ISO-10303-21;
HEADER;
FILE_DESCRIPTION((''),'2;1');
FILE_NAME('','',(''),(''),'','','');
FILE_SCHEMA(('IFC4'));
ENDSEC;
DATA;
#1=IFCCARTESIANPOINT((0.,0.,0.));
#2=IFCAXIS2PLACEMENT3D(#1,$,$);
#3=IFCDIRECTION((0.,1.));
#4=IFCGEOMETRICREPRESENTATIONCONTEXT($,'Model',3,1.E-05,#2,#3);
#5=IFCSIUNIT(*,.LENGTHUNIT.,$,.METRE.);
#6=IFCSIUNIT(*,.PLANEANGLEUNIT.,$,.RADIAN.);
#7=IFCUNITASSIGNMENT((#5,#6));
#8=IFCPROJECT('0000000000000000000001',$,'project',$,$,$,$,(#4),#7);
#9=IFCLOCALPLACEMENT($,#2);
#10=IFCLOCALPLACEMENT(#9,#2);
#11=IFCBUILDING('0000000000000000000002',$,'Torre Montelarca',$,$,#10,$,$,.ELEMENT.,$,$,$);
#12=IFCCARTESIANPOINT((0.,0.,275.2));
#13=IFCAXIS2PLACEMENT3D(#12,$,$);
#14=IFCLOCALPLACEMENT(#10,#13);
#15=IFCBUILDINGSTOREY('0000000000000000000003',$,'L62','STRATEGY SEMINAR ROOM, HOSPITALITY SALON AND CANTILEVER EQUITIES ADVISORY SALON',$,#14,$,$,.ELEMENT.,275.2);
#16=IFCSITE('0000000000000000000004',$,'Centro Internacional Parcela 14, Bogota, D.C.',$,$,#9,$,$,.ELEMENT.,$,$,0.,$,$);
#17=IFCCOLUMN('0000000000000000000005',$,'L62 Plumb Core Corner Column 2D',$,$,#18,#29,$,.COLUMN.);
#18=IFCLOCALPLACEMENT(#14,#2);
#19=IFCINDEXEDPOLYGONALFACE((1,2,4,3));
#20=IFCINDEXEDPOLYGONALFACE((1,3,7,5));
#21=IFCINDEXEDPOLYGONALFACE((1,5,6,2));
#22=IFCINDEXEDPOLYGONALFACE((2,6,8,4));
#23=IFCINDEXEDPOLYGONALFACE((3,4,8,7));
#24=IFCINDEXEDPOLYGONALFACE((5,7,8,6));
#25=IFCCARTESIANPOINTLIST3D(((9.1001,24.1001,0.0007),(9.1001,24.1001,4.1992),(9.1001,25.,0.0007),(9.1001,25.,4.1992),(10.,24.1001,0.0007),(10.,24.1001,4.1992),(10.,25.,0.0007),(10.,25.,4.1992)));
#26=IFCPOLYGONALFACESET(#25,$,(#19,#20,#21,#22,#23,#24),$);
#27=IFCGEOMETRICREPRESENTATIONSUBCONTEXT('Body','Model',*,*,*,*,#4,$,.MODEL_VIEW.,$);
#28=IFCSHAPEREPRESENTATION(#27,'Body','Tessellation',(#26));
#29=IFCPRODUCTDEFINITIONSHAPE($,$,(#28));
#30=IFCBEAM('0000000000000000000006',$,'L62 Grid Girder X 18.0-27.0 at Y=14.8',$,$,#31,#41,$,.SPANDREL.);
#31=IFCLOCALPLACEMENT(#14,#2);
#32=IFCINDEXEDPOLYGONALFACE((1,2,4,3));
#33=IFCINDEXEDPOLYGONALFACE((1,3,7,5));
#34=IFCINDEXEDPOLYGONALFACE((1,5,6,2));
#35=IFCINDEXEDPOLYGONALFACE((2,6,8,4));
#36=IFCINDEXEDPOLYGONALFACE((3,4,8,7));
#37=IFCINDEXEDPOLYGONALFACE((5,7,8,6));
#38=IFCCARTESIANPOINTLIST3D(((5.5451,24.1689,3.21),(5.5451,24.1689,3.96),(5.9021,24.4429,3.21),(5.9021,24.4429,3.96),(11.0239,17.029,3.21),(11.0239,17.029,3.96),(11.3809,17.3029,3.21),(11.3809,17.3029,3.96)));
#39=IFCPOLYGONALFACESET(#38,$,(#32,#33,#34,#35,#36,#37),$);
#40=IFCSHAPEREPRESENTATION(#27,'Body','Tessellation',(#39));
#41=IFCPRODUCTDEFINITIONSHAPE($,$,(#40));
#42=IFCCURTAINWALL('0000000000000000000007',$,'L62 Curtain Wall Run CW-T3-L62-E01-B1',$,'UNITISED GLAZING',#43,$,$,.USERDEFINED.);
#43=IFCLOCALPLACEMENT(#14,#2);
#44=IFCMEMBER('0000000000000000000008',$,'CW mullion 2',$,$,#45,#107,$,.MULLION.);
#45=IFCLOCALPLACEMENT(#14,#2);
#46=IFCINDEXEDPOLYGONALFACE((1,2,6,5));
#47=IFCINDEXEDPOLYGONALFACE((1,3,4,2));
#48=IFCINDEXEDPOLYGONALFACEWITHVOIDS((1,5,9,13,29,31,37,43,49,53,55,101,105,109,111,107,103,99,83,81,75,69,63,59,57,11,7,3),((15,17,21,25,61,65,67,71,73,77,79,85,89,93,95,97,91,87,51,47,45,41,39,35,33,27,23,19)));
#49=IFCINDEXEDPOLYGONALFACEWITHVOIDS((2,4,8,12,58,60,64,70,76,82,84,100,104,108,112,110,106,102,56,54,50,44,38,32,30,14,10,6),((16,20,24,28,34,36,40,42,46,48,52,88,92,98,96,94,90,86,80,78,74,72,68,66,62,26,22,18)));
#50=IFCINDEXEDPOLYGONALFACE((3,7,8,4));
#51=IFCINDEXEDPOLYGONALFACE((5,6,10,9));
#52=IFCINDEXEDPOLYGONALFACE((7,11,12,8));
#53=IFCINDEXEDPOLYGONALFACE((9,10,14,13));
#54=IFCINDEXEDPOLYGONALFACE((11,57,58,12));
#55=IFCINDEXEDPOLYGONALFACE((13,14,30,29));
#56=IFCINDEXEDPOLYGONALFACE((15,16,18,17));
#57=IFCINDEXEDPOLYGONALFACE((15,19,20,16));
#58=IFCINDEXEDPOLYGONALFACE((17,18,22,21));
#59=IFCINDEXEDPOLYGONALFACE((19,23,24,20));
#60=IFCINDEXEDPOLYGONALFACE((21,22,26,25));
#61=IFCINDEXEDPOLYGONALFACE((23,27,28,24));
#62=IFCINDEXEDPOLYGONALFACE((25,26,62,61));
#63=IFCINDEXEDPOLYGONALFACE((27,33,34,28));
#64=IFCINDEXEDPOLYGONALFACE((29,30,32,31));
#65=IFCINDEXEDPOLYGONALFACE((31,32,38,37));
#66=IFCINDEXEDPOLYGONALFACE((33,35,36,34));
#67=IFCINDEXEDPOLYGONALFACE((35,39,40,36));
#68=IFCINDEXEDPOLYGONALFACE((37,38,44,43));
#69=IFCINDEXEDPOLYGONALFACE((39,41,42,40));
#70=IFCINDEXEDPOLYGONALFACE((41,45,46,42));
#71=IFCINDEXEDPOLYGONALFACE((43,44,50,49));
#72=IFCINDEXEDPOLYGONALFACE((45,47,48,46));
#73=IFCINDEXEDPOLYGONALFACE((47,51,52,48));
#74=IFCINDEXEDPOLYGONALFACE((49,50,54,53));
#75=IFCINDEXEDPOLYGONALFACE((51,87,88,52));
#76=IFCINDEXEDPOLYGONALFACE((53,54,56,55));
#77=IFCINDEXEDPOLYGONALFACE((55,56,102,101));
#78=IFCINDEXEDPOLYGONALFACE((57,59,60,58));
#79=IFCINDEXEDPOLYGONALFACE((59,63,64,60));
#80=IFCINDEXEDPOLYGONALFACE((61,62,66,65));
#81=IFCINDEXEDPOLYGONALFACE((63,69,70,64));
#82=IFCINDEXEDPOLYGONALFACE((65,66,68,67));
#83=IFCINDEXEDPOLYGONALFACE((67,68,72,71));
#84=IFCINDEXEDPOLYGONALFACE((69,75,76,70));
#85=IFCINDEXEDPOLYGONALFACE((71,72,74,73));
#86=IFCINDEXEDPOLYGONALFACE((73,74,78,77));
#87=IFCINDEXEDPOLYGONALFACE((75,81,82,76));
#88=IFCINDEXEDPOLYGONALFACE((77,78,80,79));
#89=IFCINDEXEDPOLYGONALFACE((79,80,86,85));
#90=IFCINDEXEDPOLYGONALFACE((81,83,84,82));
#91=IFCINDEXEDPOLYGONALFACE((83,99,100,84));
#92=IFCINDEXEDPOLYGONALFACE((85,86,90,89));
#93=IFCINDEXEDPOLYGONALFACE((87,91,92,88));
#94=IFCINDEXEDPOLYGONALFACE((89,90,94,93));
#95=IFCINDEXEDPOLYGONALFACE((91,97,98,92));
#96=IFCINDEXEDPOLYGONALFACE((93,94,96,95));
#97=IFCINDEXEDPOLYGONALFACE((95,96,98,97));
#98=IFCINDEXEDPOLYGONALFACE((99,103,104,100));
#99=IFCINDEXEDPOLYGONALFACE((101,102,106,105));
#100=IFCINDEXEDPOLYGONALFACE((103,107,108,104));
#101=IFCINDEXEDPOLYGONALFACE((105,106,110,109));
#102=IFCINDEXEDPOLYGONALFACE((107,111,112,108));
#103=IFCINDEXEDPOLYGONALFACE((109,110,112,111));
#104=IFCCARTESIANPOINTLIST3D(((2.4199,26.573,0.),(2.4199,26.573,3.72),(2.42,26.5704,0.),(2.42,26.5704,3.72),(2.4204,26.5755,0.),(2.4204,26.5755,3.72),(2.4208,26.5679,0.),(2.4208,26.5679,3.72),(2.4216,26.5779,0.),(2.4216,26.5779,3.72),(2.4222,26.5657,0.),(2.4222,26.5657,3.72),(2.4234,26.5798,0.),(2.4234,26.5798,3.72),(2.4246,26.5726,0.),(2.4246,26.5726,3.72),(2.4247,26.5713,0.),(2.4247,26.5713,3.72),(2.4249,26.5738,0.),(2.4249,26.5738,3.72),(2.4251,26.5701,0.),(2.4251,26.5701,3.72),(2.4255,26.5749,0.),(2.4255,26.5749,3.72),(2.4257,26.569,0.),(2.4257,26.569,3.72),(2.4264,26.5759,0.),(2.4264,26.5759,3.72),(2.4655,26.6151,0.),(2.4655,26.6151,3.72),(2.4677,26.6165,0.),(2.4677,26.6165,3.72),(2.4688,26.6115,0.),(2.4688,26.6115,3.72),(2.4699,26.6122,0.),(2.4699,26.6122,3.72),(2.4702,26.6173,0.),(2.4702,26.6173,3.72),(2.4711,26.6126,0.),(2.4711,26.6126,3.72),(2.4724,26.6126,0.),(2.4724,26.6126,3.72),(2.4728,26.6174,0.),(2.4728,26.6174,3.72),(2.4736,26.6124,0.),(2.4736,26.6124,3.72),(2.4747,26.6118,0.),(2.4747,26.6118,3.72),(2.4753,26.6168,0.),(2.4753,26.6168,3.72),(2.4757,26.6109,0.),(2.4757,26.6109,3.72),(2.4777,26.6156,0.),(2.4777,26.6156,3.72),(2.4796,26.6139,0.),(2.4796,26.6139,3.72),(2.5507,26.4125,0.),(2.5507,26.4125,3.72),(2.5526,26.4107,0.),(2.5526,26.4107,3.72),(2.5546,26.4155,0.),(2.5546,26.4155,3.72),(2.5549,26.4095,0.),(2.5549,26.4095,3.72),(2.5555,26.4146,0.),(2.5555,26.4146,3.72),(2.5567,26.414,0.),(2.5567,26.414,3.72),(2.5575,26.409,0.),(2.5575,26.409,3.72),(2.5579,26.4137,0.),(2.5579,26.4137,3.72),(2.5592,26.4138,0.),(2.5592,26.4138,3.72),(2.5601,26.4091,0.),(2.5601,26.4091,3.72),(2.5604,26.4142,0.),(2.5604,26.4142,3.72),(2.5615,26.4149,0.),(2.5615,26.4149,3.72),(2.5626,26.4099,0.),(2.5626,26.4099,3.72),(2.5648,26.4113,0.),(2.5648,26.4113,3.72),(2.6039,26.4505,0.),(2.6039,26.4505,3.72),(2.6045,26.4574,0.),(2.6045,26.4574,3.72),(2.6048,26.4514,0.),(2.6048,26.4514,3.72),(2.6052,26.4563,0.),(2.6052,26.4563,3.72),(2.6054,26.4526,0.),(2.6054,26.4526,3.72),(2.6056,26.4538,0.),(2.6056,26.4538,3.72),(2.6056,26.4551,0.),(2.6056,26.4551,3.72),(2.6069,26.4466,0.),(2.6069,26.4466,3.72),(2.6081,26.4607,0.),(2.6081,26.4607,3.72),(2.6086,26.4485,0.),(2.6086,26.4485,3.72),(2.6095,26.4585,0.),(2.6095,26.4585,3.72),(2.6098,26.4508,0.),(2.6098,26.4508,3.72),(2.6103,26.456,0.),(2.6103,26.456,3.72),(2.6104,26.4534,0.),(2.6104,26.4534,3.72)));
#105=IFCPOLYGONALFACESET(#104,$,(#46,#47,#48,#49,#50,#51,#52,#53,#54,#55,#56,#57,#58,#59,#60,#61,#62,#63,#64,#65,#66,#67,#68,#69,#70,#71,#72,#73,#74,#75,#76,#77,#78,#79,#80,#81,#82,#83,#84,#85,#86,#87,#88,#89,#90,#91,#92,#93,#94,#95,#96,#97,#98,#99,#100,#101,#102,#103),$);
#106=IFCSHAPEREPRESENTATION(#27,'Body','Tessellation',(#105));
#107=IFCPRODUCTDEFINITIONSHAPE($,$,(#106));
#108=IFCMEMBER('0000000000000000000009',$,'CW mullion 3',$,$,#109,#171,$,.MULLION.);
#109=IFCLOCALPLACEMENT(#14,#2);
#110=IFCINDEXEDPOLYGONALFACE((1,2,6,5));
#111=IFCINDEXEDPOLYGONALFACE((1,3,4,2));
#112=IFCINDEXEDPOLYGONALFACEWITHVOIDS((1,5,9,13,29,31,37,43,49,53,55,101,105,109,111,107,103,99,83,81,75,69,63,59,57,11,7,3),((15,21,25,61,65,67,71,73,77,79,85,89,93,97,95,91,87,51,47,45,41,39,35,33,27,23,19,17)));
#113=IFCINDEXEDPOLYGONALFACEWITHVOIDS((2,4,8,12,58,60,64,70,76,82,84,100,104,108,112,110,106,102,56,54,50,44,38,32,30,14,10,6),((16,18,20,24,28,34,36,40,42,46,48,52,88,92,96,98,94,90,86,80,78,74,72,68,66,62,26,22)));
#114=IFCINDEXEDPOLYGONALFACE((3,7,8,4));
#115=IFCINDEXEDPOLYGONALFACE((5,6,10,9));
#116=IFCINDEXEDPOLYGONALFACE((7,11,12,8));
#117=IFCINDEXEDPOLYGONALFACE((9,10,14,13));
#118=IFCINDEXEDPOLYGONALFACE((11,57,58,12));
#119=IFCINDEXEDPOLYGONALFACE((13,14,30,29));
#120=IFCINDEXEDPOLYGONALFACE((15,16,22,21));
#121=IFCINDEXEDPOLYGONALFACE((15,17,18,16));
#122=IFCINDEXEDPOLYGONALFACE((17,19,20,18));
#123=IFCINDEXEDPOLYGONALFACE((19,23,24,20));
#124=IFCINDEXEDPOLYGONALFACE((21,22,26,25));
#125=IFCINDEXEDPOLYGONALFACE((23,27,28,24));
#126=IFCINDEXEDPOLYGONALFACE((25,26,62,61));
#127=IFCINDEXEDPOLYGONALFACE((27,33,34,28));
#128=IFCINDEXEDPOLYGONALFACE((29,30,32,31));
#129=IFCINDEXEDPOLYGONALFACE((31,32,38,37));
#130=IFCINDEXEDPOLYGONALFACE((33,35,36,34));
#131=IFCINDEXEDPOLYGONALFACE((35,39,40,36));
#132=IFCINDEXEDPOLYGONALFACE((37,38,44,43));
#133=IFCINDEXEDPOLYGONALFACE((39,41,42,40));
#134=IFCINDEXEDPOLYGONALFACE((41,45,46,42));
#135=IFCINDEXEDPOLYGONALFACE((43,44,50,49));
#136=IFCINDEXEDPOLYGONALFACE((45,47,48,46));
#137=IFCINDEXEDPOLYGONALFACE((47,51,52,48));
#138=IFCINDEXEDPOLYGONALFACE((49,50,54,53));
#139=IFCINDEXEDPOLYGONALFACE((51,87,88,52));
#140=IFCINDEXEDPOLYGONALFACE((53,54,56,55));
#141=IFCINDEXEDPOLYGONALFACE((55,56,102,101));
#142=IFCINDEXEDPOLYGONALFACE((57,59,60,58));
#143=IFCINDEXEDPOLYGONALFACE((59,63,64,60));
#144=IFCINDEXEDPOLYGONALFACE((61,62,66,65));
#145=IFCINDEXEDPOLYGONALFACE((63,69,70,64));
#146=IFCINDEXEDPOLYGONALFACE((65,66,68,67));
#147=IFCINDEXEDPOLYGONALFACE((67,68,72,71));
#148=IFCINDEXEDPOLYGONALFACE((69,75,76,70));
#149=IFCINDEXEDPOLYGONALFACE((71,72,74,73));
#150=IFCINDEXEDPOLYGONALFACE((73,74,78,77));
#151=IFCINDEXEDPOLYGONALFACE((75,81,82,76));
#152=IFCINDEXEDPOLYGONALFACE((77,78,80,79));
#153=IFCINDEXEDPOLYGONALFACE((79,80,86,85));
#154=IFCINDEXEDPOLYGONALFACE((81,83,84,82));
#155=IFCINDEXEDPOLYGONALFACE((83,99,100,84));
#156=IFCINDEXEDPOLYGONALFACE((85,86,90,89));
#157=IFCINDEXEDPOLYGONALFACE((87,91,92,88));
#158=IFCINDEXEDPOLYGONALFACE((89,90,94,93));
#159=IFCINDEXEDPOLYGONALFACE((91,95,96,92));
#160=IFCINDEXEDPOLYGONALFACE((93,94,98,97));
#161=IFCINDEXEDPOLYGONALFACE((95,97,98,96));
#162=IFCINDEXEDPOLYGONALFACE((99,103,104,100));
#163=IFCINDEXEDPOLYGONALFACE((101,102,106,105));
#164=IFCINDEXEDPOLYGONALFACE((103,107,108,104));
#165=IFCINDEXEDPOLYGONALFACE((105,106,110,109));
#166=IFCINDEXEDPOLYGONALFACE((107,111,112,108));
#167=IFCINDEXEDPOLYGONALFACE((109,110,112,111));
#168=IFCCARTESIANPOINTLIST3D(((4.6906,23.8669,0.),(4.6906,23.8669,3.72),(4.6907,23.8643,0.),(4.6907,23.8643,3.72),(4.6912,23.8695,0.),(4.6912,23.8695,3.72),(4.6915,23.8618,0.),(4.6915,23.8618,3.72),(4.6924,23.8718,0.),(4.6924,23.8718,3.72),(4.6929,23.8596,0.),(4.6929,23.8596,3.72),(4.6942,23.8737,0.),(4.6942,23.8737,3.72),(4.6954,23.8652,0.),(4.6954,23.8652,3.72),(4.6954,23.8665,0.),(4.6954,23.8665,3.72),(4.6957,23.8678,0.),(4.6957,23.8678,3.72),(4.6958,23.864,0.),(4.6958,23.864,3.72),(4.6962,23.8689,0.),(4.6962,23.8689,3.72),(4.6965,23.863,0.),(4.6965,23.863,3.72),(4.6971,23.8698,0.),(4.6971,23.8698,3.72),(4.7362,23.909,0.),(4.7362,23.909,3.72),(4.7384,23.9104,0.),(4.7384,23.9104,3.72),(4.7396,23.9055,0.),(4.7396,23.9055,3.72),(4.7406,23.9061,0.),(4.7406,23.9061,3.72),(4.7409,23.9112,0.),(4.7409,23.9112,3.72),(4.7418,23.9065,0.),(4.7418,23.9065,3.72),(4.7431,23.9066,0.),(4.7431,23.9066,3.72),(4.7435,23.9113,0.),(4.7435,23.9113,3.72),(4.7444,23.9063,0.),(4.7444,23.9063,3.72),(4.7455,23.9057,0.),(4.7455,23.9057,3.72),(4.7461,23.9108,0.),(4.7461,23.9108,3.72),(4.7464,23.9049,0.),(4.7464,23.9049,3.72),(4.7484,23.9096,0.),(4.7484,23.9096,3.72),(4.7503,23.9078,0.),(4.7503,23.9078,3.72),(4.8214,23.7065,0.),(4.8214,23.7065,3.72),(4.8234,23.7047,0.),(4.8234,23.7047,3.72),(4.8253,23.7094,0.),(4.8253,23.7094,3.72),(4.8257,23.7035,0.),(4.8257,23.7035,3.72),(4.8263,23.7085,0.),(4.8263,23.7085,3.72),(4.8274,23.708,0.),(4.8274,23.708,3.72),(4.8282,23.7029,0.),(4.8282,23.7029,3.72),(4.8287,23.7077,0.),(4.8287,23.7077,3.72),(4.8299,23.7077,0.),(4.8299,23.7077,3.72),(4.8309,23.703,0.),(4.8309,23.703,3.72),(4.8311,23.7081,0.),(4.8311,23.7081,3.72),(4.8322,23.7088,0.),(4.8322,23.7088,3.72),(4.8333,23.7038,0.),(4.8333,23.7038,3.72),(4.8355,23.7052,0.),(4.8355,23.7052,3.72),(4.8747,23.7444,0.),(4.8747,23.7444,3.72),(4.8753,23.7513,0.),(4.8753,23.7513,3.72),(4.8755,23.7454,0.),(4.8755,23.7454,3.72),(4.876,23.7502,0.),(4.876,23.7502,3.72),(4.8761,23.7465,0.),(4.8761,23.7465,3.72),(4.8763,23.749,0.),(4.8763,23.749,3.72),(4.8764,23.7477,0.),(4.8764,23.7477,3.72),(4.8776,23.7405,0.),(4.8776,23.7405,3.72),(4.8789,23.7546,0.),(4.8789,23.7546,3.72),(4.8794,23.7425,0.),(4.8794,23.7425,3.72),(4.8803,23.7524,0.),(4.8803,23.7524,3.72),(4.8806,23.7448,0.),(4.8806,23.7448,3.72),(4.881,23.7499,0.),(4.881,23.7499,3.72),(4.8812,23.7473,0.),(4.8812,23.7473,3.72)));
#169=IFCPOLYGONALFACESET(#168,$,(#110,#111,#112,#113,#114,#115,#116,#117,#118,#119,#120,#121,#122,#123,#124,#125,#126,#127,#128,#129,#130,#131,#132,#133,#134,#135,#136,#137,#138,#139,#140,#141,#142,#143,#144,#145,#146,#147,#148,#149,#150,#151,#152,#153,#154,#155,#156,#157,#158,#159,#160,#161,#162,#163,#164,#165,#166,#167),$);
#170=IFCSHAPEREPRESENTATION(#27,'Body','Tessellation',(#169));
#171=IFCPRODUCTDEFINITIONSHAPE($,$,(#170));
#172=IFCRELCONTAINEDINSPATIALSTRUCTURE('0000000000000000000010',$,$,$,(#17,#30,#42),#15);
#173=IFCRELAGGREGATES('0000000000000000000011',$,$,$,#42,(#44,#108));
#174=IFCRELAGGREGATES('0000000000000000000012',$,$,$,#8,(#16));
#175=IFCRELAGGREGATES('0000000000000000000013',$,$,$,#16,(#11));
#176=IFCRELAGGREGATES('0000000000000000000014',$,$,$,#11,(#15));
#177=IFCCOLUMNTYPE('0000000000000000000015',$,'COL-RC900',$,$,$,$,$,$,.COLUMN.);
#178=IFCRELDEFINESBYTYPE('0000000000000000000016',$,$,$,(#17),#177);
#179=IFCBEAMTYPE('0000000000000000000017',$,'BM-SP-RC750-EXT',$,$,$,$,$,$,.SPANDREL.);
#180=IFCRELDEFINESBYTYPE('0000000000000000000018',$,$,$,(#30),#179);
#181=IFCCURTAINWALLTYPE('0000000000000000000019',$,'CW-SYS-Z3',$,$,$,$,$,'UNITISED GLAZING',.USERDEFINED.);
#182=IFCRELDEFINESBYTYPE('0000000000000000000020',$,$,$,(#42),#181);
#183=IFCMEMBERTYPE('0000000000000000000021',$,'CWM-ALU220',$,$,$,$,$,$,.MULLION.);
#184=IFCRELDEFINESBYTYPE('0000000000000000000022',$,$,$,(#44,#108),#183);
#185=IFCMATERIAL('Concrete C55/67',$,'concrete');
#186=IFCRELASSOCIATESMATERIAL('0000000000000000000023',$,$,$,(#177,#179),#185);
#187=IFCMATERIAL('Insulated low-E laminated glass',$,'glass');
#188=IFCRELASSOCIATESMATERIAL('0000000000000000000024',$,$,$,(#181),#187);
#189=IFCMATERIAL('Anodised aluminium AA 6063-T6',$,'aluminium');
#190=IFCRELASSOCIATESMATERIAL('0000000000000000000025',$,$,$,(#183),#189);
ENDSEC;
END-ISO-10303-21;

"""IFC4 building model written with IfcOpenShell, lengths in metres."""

from ifc_helpers import new_model, si_unit, direction, frame, origin, origin_2d, place, context, subcontext, project, spatial, rectangle, hollow_rectangle, extrude, source, transform, mapped, material, material_profile, profile_set, type_object, element, aggregate, save


model = new_model("IFC4")

# Units and contexts
model_context = context("Model", 3, precision=1e-05, world=origin(), true_north=direction((0.0, 1.0)))
body_context = subcontext(model_context, "Body", "Model", "MODEL_VIEW")
ifc_project = project(units=[si_unit("LENGTHUNIT", "METRE"), si_unit("PLANEANGLEUNIT", "RADIAN")], contexts=[model_context])

# Site, building, storey
site_placement = place(None, origin())
site = spatial("IfcSite", under=ifc_project, at=site_placement, Name="Centro Internacional Parcela 14, Bogota, D.C.", CompositionType="ELEMENT", RefElevation=0.0)
building_placement = place(site_placement, origin())
building = spatial("IfcBuilding", under=site, at=building_placement, Name="Torre Montelarca", CompositionType="ELEMENT")
storey_placement = place(building_placement, frame((0.0, 0.0, 275.2)))
storey = spatial("IfcBuildingStorey", under=building, at=storey_placement, Name="L62", Description="STRATEGY SEMINAR ROOM, HOSPITALITY SALON AND CANTILEVER EQUITIES ADVISORY SALON", CompositionType="ELEMENT", Elevation=275.2)

# Column
ifc_material_1 = material(Name="Concrete C55/67", Category="concrete")
ifc_material_profile_1 = material_profile(ifc_material_1, rectangle(XDim=0.8999, YDim=0.8999, at=origin_2d()), Name="RC900X900", Category="concrete")
ifc_profile_set_1 = profile_set([ifc_material_profile_1], Name="Concrete C55/67")
column_type_1 = type_object("IfcColumnType", Name="COL-RC900", PredefinedType="COLUMN", material=ifc_profile_set_1)
shared_shape_1 = source(origin(), body_context, "Body", "SweptSolid", [
    extrude(rectangle(XDim=0.8999, YDim=0.8999, at=origin_2d()), origin(), (0.0, 0.0, 1.0), 4.1985),
])
column_1_placement = place(storey_placement, frame((9.55, 24.55, 0.0007), z_axis=(0.0, 0.0, 1.0), x_axis=(1.0, 0.0, 0.0)))
element("IfcColumn", 1, at=column_1_placement, inside=storey, type_object=column_type_1, Name="L62 Plumb Core Corner Column 2D", PredefinedType="COLUMN", context=body_context, shape_type="MappedRepresentation", body=[
    mapped(shared_shape_1, transform((0.0, 0.0, 0.0), scale=1.0)),
])

# Beam
ifc_material_profile_2 = material_profile(ifc_material_1, rectangle(XDim=0.45, YDim=0.75, at=origin_2d()), Name="RCB450X750", Category="concrete")
ifc_profile_set_2 = profile_set([ifc_material_profile_2], Name="Concrete C55/67")
beam_type = type_object("IfcBeamType", Name="BM-SP-RC750-EXT", PredefinedType="SPANDREL", material=ifc_profile_set_2)
shared_shape_2 = source(origin(), body_context, "Body", "SweptSolid", [
    extrude(rectangle(XDim=0.45, YDim=0.75, at=origin_2d()), origin(), (0.0, 0.0, 1.0), 8.9998),
])
beam_placement = place(storey_placement, frame((5.7236, 24.3059, 3.585), z_axis=(0.60877, -0.793346, 0.0), x_axis=(0.793346, 0.60877, 0.0)))
element("IfcBeam", 2, at=beam_placement, inside=storey, type_object=beam_type, Name="L62 Grid Girder X 18.0-27.0 at Y=14.8", PredefinedType="SPANDREL", context=body_context, shape_type="MappedRepresentation", body=[
    mapped(shared_shape_2, transform((0.0, 0.0, 0.0), scale=1.0)),
])

# Curtain wall, members
ifc_material_2 = material(Name="Insulated low-E laminated glass", Category="glass")
curtain_wall_type = type_object("IfcCurtainWallType", Name="CW-SYS-Z3", ElementType="UNITISED GLAZING", PredefinedType="USERDEFINED", material=ifc_material_2)
curtain_wall_1_placement = place(storey_placement, origin())
curtain_wall_1 = element("IfcCurtainWall", 3, at=curtain_wall_1_placement, inside=storey, type_object=curtain_wall_type, Name="L62 Curtain Wall Run CW-T3-L62-E01-B1", ObjectType="UNITISED GLAZING", PredefinedType="USERDEFINED")
ifc_material_3 = material(Name="Anodised aluminium AA 6063-T6", Category="aluminium")
ifc_material_profile_3 = material_profile(ifc_material_3, hollow_rectangle(XDim=0.075, YDim=0.22, WallThickness=0.0049, InnerFilletRadius=0.0049, OuterFilletRadius=0.01, at=origin_2d()), Name="ALU75X220X5", Category="aluminium")
ifc_profile_set_3 = profile_set([ifc_material_profile_3], Name="Anodised aluminium AA 6063-T6")
member_type_1 = type_object("IfcMemberType", Name="CWM-ALU220", PredefinedType="MULLION", material=ifc_profile_set_3)
shared_shape_3 = source(origin(), body_context, "Body", "SweptSolid", [
    extrude(hollow_rectangle(XDim=0.075, YDim=0.22, WallThickness=0.0049, InnerFilletRadius=0.0049, OuterFilletRadius=0.01, at=origin_2d()), origin(), (0.0, 0.0, 1.0), 3.72),
])
member_1_placement = place(storey_placement, frame((2.5151, 26.5132, 0.0), z_axis=(0.0, 0.0, 1.0), x_axis=(0.766041, 0.642791, 0.0)))
member_1 = element("IfcMember", 4, at=member_1_placement, type_object=member_type_1, Name="CW mullion 2", PredefinedType="MULLION", context=body_context, shape_type="MappedRepresentation", body=[
    mapped(shared_shape_3, transform((0.0, 0.0, 0.0), scale=1.0)),
])
member_2_placement = place(storey_placement, frame((4.7859, 23.8071, 0.0), z_axis=(0.0, 0.0, 1.0), x_axis=(0.766041, 0.642791, 0.0)))
member_2 = element("IfcMember", 5, at=member_2_placement, type_object=member_type_1, Name="CW mullion 3", PredefinedType="MULLION", context=body_context, shape_type="MappedRepresentation", body=[
    mapped(shared_shape_3, transform((0.0, 0.0, 0.0), scale=1.0)),
])

aggregate(curtain_wall_1, [member_1, member_2])

save(model, "model.ifc")
